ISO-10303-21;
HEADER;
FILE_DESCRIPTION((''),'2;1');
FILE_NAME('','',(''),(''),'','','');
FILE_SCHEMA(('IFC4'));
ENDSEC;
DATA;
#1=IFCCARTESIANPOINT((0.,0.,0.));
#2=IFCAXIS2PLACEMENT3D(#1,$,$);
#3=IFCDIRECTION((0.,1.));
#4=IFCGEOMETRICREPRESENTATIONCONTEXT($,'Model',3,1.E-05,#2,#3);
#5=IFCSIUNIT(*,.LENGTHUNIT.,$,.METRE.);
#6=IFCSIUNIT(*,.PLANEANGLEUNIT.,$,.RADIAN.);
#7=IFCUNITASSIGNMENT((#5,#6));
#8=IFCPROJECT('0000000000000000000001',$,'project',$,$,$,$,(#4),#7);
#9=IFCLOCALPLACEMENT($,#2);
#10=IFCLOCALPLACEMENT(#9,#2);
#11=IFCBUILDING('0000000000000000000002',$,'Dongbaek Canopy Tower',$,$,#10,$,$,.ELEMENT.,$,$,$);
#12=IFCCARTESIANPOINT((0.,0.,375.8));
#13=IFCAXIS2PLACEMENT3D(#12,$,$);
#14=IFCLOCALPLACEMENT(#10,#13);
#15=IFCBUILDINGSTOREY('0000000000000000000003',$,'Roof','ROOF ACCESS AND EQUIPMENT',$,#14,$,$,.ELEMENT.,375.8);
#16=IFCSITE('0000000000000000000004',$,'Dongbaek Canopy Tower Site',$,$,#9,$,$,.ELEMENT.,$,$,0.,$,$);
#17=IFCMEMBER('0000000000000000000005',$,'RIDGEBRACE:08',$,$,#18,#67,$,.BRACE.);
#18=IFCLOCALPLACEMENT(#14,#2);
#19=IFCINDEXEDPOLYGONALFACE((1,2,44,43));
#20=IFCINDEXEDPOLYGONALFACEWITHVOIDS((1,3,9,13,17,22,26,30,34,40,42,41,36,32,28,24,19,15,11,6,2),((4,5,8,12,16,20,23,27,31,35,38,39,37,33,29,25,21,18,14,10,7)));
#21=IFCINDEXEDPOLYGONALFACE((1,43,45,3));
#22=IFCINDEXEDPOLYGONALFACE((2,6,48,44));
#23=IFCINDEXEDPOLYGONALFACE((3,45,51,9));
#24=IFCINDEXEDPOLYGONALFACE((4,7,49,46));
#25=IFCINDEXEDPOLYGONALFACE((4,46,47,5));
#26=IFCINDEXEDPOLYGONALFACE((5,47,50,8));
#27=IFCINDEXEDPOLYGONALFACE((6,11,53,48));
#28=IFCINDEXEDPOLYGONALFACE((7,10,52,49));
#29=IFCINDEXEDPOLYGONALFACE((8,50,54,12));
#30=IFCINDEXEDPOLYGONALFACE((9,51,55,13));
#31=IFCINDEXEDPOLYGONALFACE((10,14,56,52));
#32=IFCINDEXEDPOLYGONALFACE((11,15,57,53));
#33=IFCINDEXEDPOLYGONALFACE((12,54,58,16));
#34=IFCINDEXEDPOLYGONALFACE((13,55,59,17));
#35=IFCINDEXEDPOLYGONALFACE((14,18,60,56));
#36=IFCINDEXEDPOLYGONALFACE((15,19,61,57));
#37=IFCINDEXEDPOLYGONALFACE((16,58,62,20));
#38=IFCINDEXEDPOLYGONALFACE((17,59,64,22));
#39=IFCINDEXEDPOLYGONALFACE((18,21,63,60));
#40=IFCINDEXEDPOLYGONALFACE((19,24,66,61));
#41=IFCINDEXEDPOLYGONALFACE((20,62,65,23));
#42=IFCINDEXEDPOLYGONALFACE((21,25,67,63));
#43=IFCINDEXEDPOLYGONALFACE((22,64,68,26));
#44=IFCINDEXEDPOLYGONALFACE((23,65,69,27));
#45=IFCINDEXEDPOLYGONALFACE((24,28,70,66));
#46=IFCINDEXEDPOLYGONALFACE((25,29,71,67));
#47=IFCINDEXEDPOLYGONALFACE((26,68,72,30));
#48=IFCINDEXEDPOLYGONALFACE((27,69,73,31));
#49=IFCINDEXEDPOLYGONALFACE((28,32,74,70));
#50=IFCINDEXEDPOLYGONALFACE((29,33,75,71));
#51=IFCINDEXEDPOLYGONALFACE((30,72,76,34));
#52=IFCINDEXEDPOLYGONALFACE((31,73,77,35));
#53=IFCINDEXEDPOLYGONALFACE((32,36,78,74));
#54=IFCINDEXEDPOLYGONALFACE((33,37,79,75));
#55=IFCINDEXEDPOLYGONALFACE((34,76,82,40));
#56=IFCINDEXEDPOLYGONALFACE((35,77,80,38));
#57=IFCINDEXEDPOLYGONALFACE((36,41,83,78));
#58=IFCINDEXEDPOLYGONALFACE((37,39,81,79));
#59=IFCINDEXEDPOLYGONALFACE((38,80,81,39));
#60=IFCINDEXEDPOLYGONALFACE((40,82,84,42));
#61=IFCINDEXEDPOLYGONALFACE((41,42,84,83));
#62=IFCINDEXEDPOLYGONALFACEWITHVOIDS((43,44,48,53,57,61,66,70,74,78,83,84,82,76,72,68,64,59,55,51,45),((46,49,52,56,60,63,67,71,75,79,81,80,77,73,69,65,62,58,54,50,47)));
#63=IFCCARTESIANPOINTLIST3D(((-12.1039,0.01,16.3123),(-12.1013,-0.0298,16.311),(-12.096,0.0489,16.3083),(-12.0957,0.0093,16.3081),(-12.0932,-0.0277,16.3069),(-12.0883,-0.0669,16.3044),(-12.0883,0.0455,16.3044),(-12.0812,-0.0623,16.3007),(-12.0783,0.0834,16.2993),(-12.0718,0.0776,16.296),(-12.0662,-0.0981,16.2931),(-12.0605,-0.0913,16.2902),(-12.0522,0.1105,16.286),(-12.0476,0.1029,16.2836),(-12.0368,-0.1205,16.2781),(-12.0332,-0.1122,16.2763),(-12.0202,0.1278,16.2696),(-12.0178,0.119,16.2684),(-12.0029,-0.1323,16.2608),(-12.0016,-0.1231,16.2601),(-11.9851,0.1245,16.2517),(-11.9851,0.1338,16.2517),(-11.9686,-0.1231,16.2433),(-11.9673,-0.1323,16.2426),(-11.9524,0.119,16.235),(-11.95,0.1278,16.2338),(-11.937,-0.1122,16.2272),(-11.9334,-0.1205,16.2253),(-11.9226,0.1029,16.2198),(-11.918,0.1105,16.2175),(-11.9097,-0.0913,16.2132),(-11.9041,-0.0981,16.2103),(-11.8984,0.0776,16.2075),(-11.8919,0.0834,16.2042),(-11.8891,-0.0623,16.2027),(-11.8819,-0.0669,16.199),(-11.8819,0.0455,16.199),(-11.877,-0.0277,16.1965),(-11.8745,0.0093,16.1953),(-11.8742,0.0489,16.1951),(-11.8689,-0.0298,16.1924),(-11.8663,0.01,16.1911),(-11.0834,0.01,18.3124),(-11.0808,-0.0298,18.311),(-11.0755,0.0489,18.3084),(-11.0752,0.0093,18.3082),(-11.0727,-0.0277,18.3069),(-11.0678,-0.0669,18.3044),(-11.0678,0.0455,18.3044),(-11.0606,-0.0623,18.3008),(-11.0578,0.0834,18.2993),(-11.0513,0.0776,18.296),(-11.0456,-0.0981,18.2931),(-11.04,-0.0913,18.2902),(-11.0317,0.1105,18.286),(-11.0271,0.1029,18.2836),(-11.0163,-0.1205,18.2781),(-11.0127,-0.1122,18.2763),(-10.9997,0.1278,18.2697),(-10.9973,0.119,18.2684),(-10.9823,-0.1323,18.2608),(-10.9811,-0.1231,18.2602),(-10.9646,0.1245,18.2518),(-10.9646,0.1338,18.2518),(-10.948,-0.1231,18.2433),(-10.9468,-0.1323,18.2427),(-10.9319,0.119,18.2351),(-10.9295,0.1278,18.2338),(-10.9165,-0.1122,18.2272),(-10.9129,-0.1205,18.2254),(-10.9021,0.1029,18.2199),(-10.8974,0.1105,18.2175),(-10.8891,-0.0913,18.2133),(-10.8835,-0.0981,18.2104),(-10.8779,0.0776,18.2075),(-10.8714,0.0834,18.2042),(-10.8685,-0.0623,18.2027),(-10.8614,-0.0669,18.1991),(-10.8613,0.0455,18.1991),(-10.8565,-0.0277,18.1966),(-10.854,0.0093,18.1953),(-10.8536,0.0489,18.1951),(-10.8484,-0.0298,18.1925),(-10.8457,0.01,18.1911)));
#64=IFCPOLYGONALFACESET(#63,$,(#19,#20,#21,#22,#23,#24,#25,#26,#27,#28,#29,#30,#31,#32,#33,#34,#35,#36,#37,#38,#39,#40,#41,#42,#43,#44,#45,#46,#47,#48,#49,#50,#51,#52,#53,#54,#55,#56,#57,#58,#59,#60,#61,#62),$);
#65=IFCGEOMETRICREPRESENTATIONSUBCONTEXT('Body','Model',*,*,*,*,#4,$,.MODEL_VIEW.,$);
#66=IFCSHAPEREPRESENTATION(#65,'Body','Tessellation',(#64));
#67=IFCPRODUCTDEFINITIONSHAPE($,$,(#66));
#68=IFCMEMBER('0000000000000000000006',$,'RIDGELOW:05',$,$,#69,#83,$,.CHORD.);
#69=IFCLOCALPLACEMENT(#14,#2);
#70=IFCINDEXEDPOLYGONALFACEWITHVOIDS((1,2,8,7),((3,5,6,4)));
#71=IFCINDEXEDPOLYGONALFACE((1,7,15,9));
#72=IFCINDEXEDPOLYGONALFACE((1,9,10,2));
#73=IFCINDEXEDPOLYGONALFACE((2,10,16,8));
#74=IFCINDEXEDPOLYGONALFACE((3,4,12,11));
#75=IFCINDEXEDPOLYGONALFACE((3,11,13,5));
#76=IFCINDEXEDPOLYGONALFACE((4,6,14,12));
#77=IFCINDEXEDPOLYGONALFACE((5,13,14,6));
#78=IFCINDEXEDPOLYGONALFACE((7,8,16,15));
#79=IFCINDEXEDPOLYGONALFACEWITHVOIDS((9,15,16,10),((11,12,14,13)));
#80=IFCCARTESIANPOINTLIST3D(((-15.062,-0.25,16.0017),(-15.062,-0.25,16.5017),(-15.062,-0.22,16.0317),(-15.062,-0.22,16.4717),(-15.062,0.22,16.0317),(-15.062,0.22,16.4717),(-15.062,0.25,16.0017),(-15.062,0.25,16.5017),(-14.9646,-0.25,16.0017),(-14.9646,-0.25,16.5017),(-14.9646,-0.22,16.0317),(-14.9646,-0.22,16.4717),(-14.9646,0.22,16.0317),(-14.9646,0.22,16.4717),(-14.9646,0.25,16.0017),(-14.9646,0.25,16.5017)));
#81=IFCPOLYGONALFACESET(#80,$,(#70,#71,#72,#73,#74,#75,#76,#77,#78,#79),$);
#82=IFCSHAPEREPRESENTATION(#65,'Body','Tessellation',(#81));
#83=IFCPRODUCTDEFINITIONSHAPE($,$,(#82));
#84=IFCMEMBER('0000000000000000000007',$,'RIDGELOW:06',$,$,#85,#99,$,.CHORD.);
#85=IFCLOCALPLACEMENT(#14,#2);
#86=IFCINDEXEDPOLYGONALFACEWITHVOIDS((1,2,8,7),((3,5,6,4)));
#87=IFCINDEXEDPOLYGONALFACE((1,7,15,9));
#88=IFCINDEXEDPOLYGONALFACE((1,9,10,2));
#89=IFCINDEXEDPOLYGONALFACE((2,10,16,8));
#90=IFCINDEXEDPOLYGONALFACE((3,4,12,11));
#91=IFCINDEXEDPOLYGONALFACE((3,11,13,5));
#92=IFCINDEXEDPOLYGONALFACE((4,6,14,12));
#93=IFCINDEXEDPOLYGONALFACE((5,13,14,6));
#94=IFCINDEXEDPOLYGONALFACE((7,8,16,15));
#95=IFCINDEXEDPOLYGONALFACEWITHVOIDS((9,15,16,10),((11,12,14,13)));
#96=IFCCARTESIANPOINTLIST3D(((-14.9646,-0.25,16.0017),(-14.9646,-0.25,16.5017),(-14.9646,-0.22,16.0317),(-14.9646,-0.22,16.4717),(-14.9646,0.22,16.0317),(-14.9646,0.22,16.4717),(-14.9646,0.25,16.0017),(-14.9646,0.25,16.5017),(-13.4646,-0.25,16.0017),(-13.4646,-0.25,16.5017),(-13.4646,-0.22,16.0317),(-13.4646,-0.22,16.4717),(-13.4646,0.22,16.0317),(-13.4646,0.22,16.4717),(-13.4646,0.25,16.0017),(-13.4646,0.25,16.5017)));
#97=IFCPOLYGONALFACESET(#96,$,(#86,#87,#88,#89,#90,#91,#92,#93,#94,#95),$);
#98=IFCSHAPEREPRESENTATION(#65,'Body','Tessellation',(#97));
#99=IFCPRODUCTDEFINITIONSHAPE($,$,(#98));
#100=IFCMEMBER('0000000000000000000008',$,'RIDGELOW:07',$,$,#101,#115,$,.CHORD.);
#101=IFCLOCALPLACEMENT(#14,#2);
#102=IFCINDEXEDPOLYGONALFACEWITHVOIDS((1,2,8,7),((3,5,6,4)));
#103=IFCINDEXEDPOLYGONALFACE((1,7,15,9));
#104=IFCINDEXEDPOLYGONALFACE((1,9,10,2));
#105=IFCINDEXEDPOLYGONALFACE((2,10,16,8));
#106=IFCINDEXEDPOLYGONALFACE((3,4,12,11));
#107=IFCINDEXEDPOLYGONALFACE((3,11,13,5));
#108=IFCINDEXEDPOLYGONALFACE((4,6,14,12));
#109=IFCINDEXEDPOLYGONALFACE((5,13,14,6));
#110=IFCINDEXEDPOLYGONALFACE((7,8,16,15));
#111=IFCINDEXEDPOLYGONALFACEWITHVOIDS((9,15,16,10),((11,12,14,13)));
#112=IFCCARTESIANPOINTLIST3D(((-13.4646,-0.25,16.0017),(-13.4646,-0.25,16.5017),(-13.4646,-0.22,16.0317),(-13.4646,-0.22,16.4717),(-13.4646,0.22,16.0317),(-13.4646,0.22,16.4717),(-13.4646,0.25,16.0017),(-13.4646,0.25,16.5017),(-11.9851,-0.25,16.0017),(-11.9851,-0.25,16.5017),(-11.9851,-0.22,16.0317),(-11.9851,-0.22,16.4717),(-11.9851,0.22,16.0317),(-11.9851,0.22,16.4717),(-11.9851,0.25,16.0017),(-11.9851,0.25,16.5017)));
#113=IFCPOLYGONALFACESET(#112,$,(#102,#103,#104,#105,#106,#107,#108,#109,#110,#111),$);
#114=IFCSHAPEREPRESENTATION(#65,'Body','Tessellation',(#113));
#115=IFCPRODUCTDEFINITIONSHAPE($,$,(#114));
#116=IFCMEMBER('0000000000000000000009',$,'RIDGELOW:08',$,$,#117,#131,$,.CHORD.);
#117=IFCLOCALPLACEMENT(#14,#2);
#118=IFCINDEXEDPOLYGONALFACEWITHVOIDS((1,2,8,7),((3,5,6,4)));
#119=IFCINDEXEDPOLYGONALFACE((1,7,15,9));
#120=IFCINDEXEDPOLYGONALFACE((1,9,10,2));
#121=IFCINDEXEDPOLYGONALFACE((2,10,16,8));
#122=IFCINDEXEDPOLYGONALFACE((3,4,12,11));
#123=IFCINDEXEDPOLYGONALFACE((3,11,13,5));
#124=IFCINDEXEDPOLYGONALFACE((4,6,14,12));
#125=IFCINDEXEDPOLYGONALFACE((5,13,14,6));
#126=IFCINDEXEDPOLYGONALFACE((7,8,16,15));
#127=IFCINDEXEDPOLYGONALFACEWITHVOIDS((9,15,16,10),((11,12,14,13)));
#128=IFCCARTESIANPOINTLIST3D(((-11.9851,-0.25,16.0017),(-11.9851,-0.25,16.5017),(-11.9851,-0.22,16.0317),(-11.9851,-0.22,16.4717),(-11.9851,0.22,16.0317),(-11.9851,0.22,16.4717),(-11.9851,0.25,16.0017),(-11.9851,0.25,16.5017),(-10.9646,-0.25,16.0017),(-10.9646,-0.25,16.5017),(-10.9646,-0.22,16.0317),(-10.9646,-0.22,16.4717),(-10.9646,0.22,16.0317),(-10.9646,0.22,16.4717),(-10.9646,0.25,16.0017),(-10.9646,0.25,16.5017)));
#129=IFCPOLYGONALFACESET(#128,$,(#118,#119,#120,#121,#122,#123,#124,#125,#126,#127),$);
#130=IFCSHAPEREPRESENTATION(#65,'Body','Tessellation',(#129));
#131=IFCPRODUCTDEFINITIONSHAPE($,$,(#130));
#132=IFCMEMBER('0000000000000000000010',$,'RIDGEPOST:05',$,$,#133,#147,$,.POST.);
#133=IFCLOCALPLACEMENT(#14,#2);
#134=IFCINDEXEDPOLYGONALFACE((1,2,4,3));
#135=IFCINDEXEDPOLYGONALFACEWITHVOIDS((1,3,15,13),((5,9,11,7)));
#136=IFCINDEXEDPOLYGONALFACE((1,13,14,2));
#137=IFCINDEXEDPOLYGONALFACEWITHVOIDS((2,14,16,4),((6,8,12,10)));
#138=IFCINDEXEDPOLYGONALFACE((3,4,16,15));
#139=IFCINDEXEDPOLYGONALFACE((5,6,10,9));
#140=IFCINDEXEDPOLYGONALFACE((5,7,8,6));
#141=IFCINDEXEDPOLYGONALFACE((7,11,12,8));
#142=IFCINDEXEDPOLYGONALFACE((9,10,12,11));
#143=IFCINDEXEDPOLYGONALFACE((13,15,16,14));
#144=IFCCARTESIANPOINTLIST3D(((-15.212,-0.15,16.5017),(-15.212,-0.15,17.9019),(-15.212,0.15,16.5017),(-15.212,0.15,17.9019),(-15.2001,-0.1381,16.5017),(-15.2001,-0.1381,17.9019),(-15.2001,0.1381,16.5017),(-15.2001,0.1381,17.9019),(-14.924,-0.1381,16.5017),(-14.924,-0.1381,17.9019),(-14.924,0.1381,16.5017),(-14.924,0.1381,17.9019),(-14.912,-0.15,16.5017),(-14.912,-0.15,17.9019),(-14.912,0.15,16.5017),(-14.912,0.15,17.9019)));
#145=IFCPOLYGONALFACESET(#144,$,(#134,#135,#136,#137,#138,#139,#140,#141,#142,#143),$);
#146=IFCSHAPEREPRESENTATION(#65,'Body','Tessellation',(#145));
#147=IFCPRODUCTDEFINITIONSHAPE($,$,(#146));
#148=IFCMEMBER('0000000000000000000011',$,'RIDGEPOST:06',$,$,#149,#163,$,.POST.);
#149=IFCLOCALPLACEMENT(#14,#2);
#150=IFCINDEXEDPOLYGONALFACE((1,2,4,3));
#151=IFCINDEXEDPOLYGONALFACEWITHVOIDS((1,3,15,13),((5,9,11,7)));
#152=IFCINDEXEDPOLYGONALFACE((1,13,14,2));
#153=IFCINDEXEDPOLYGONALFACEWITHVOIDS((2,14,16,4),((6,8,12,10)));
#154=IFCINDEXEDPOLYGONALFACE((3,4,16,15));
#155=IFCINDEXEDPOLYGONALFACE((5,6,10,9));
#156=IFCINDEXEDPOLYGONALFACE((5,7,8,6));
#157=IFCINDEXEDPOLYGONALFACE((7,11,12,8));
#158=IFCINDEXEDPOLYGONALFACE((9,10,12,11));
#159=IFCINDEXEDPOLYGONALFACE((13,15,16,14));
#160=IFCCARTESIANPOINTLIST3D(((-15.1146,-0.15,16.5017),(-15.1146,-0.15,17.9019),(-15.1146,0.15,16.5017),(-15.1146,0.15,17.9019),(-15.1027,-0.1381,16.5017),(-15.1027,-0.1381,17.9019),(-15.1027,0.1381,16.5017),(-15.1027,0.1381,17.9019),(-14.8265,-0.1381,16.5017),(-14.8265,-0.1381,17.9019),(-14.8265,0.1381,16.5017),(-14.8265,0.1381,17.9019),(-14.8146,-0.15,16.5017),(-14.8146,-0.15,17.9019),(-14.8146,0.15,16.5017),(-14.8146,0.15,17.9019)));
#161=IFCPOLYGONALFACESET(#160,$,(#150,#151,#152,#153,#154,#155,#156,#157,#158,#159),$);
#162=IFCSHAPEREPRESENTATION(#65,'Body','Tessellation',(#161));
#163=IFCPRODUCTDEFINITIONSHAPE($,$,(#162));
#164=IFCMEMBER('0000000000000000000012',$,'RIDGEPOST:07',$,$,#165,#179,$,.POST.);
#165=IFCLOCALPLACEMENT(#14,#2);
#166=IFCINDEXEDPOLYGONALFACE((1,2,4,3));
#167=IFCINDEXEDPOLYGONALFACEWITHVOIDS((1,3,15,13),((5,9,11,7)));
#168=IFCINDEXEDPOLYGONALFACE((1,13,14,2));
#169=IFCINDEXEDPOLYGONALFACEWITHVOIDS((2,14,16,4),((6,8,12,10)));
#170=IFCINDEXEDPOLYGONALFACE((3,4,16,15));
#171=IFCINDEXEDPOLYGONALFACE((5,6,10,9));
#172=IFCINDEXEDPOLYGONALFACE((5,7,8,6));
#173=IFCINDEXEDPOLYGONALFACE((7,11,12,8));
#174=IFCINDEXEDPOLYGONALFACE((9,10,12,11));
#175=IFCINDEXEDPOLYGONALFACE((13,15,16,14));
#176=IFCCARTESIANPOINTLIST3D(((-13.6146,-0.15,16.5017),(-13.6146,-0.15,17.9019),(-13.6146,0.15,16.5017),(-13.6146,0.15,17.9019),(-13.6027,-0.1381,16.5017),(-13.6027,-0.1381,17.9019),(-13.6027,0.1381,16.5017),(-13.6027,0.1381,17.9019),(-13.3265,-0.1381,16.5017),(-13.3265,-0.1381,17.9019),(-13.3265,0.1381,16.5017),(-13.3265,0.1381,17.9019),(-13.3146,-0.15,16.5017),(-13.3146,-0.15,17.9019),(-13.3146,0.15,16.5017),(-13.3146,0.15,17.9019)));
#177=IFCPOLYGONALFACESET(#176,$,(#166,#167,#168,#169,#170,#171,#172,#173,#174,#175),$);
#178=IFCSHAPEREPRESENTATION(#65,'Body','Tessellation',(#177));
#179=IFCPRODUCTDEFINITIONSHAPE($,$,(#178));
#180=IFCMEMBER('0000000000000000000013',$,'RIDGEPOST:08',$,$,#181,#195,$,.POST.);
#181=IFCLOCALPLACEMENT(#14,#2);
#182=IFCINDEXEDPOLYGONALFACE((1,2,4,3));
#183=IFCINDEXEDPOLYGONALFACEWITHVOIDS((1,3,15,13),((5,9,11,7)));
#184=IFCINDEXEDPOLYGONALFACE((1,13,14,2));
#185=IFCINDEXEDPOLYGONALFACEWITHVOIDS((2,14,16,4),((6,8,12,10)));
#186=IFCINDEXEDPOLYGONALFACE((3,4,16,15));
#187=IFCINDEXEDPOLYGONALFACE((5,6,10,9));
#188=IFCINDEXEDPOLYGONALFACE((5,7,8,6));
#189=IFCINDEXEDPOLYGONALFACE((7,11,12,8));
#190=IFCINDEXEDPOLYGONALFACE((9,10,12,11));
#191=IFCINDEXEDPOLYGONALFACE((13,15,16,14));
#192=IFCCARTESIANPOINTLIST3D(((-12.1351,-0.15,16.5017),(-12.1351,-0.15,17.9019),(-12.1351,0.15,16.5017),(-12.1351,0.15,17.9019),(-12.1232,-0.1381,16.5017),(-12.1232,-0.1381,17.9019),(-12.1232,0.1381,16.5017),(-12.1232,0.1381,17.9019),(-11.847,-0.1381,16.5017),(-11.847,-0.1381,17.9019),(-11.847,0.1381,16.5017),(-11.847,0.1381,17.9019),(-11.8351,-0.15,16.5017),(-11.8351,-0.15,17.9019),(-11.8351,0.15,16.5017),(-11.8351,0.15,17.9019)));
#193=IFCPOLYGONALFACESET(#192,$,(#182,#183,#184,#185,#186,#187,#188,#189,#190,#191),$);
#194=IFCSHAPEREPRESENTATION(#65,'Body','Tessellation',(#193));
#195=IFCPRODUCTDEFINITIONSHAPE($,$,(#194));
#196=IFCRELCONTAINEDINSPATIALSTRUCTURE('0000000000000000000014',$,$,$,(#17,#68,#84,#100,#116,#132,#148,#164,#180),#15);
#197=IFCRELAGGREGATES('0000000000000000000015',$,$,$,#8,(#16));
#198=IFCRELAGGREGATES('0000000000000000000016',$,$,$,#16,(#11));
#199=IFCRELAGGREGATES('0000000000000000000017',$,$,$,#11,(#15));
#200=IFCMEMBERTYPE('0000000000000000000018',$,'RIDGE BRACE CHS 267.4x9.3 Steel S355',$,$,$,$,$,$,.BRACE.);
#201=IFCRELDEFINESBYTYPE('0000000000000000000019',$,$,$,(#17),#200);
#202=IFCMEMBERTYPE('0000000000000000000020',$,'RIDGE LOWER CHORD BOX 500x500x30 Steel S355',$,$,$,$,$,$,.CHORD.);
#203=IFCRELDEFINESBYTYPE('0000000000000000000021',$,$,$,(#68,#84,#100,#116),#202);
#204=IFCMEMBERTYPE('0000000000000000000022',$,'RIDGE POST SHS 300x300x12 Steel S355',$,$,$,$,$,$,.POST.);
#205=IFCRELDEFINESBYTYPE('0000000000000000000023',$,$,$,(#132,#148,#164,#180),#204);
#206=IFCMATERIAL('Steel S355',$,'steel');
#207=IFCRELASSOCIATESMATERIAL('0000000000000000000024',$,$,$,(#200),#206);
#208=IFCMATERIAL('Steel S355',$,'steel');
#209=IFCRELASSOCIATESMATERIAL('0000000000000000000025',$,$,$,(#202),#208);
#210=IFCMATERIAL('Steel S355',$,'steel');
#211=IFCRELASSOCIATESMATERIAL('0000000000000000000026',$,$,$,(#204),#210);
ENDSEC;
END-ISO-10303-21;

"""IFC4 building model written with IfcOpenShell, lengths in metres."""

from ifc_helpers import new_model, si_unit, direction, frame, origin, origin_2d, place, context, subcontext, project, spatial, hollow_rectangle, hollow_circle, extrude, material, material_profile, profile_set, type_object, element, save


model = new_model("IFC4")

# Units and contexts
model_context = context("Model", 3, precision=1e-05, world=origin(), true_north=direction((0.0, 1.0)))
body_context = subcontext(model_context, "Body", "Model", "MODEL_VIEW")
ifc_project = project(units=[si_unit("LENGTHUNIT", "METRE"), si_unit("PLANEANGLEUNIT", "RADIAN")], contexts=[model_context])

# Site, building, storey
site_placement = place(None, origin())
site = spatial("IfcSite", under=ifc_project, at=site_placement, Name="Dongbaek Canopy Tower Site", CompositionType="ELEMENT", RefElevation=0.0)
building_placement = place(site_placement, origin())
building = spatial("IfcBuilding", under=site, at=building_placement, Name="Dongbaek Canopy Tower", CompositionType="ELEMENT")
storey_placement = place(building_placement, frame((0.0, 0.0, 375.8)))
storey = spatial("IfcBuildingStorey", under=building, at=storey_placement, Name="Roof", Description="ROOF ACCESS AND EQUIPMENT", CompositionType="ELEMENT", Elevation=375.8)

# Members
ifc_material_1 = material(Name="Steel S355", Category="steel")
ifc_material_profile_1 = material_profile(ifc_material_1, hollow_circle(Radius=0.1338, WallThickness=0.0093, at=origin_2d()), Name="RIDGE BRACE CHS 267.4x9.3 Steel S355")
ifc_profile_set_1 = profile_set([ifc_material_profile_1], Name="Steel S355")
member_type_1 = type_object("IfcMemberType", Name="RIDGE BRACE CHS 267.4x9.3 Steel S355", PredefinedType="BRACE", material=ifc_profile_set_1)
member_1_placement = place(storey_placement, frame((-11.9851, 0.0, 16.2517), z_axis=(0.454506, 0.0, 0.890744), x_axis=(0.0, 1.0, 0.0)))
element("IfcMember", 1, at=member_1_placement, inside=storey, type_object=member_type_1, Name="RIDGEBRACE:08", PredefinedType="BRACE", context=body_context, shape_type="SweptSolid", body=[
    extrude(hollow_circle(Radius=0.1338, WallThickness=0.0093, at=origin_2d()), origin(), (0.0, 0.0, 1.0), 2.2454),
])
ifc_material_2 = material(Name="Steel S355", Category="steel")
ifc_material_profile_2 = material_profile(ifc_material_2, hollow_rectangle(XDim=0.5, YDim=0.5, WallThickness=0.03, at=origin_2d()), Name="RIDGE LOWER CHORD BOX 500x500x30 Steel S355")
ifc_profile_set_2 = profile_set([ifc_material_profile_2], Name="Steel S355")
member_type_2 = type_object("IfcMemberType", Name="RIDGE LOWER CHORD BOX 500x500x30 Steel S355", PredefinedType="CHORD", material=ifc_profile_set_2)
member_2_placement = place(storey_placement, frame((-15.062, 0.0, 16.2517), z_axis=(1.0, 0.0, 0.0), x_axis=(0.0, 1.0, 0.0)))
element("IfcMember", 2, at=member_2_placement, inside=storey, type_object=member_type_2, Name="RIDGELOW:05", PredefinedType="CHORD", context=body_context, shape_type="SweptSolid", body=[
    extrude(hollow_rectangle(XDim=0.5, YDim=0.5, WallThickness=0.03, at=origin_2d()), origin(), (0.0, 0.0, 1.0), 0.0974),
])
member_3_placement = place(storey_placement, frame((-14.9646, 0.0, 16.2517), z_axis=(1.0, 0.0, 0.0), x_axis=(0.0, 1.0, 0.0)))
element("IfcMember", 3, at=member_3_placement, inside=storey, type_object=member_type_2, Name="RIDGELOW:06", PredefinedType="CHORD", context=body_context, shape_type="SweptSolid", body=[
    extrude(hollow_rectangle(XDim=0.5, YDim=0.5, WallThickness=0.03, at=origin_2d()), origin(), (0.0, 0.0, 1.0), 1.5),
])
member_4_placement = place(storey_placement, frame((-13.4646, 0.0, 16.2517), z_axis=(1.0, 0.0, 0.0), x_axis=(0.0, 1.0, 0.0)))
element("IfcMember", 4, at=member_4_placement, inside=storey, type_object=member_type_2, Name="RIDGELOW:07", PredefinedType="CHORD", context=body_context, shape_type="SweptSolid", body=[
    extrude(hollow_rectangle(XDim=0.5, YDim=0.5, WallThickness=0.03, at=origin_2d()), origin(), (0.0, 0.0, 1.0), 1.4795),
])
member_5_placement = place(storey_placement, frame((-11.9851, 0.0, 16.2517), z_axis=(1.0, 0.0, 0.0), x_axis=(0.0, 1.0, 0.0)))
element("IfcMember", 5, at=member_5_placement, inside=storey, type_object=member_type_2, Name="RIDGELOW:08", PredefinedType="CHORD", context=body_context, shape_type="SweptSolid", body=[
    extrude(hollow_rectangle(XDim=0.5, YDim=0.5, WallThickness=0.03, at=origin_2d()), origin(), (0.0, 0.0, 1.0), 1.0205),
])
ifc_material_3 = material(Name="Steel S355", Category="steel")
ifc_material_profile_3 = material_profile(ifc_material_3, hollow_rectangle(XDim=0.3, YDim=0.3, WallThickness=0.012, at=origin_2d()), Name="RIDGE POST SHS 300x300x12 Steel S355")
ifc_profile_set_3 = profile_set([ifc_material_profile_3], Name="Steel S355")
member_type_3 = type_object("IfcMemberType", Name="RIDGE POST SHS 300x300x12 Steel S355", PredefinedType="POST", material=ifc_profile_set_3)
for number, where, z_axis, x_axis, name in (
    (6, (-15.062, 0.0, 16.5017), (0.0, 0.0, 1.0), (1.0, 0.0, 0.0), "RIDGEPOST:05"),
    (7, (-14.9646, 0.0, 16.5017), (0.0, 0.0, 1.0), (1.0, 0.0, 0.0), "RIDGEPOST:06"),
    (8, (-13.4646, 0.0, 16.5017), (0.0, 0.0, 1.0), (1.0, 0.0, 0.0), "RIDGEPOST:07"),
    (9, (-11.9851, 0.0, 16.5017), (0.0, 0.0, 1.0), (1.0, 0.0, 0.0), "RIDGEPOST:08"),
):
    element("IfcMember", number, at=place(storey_placement, frame(where, z_axis=z_axis, x_axis=x_axis)), inside=storey, type_object=member_type_3, Name=name, PredefinedType="POST", context=body_context, shape_type="SweptSolid", body=[
        extrude(hollow_rectangle(XDim=0.3, YDim=0.3, WallThickness=0.012, at=origin_2d()), origin(), (0.0, 0.0, 1.0), 1.4001),
    ])

save(model, "model.ifc")
